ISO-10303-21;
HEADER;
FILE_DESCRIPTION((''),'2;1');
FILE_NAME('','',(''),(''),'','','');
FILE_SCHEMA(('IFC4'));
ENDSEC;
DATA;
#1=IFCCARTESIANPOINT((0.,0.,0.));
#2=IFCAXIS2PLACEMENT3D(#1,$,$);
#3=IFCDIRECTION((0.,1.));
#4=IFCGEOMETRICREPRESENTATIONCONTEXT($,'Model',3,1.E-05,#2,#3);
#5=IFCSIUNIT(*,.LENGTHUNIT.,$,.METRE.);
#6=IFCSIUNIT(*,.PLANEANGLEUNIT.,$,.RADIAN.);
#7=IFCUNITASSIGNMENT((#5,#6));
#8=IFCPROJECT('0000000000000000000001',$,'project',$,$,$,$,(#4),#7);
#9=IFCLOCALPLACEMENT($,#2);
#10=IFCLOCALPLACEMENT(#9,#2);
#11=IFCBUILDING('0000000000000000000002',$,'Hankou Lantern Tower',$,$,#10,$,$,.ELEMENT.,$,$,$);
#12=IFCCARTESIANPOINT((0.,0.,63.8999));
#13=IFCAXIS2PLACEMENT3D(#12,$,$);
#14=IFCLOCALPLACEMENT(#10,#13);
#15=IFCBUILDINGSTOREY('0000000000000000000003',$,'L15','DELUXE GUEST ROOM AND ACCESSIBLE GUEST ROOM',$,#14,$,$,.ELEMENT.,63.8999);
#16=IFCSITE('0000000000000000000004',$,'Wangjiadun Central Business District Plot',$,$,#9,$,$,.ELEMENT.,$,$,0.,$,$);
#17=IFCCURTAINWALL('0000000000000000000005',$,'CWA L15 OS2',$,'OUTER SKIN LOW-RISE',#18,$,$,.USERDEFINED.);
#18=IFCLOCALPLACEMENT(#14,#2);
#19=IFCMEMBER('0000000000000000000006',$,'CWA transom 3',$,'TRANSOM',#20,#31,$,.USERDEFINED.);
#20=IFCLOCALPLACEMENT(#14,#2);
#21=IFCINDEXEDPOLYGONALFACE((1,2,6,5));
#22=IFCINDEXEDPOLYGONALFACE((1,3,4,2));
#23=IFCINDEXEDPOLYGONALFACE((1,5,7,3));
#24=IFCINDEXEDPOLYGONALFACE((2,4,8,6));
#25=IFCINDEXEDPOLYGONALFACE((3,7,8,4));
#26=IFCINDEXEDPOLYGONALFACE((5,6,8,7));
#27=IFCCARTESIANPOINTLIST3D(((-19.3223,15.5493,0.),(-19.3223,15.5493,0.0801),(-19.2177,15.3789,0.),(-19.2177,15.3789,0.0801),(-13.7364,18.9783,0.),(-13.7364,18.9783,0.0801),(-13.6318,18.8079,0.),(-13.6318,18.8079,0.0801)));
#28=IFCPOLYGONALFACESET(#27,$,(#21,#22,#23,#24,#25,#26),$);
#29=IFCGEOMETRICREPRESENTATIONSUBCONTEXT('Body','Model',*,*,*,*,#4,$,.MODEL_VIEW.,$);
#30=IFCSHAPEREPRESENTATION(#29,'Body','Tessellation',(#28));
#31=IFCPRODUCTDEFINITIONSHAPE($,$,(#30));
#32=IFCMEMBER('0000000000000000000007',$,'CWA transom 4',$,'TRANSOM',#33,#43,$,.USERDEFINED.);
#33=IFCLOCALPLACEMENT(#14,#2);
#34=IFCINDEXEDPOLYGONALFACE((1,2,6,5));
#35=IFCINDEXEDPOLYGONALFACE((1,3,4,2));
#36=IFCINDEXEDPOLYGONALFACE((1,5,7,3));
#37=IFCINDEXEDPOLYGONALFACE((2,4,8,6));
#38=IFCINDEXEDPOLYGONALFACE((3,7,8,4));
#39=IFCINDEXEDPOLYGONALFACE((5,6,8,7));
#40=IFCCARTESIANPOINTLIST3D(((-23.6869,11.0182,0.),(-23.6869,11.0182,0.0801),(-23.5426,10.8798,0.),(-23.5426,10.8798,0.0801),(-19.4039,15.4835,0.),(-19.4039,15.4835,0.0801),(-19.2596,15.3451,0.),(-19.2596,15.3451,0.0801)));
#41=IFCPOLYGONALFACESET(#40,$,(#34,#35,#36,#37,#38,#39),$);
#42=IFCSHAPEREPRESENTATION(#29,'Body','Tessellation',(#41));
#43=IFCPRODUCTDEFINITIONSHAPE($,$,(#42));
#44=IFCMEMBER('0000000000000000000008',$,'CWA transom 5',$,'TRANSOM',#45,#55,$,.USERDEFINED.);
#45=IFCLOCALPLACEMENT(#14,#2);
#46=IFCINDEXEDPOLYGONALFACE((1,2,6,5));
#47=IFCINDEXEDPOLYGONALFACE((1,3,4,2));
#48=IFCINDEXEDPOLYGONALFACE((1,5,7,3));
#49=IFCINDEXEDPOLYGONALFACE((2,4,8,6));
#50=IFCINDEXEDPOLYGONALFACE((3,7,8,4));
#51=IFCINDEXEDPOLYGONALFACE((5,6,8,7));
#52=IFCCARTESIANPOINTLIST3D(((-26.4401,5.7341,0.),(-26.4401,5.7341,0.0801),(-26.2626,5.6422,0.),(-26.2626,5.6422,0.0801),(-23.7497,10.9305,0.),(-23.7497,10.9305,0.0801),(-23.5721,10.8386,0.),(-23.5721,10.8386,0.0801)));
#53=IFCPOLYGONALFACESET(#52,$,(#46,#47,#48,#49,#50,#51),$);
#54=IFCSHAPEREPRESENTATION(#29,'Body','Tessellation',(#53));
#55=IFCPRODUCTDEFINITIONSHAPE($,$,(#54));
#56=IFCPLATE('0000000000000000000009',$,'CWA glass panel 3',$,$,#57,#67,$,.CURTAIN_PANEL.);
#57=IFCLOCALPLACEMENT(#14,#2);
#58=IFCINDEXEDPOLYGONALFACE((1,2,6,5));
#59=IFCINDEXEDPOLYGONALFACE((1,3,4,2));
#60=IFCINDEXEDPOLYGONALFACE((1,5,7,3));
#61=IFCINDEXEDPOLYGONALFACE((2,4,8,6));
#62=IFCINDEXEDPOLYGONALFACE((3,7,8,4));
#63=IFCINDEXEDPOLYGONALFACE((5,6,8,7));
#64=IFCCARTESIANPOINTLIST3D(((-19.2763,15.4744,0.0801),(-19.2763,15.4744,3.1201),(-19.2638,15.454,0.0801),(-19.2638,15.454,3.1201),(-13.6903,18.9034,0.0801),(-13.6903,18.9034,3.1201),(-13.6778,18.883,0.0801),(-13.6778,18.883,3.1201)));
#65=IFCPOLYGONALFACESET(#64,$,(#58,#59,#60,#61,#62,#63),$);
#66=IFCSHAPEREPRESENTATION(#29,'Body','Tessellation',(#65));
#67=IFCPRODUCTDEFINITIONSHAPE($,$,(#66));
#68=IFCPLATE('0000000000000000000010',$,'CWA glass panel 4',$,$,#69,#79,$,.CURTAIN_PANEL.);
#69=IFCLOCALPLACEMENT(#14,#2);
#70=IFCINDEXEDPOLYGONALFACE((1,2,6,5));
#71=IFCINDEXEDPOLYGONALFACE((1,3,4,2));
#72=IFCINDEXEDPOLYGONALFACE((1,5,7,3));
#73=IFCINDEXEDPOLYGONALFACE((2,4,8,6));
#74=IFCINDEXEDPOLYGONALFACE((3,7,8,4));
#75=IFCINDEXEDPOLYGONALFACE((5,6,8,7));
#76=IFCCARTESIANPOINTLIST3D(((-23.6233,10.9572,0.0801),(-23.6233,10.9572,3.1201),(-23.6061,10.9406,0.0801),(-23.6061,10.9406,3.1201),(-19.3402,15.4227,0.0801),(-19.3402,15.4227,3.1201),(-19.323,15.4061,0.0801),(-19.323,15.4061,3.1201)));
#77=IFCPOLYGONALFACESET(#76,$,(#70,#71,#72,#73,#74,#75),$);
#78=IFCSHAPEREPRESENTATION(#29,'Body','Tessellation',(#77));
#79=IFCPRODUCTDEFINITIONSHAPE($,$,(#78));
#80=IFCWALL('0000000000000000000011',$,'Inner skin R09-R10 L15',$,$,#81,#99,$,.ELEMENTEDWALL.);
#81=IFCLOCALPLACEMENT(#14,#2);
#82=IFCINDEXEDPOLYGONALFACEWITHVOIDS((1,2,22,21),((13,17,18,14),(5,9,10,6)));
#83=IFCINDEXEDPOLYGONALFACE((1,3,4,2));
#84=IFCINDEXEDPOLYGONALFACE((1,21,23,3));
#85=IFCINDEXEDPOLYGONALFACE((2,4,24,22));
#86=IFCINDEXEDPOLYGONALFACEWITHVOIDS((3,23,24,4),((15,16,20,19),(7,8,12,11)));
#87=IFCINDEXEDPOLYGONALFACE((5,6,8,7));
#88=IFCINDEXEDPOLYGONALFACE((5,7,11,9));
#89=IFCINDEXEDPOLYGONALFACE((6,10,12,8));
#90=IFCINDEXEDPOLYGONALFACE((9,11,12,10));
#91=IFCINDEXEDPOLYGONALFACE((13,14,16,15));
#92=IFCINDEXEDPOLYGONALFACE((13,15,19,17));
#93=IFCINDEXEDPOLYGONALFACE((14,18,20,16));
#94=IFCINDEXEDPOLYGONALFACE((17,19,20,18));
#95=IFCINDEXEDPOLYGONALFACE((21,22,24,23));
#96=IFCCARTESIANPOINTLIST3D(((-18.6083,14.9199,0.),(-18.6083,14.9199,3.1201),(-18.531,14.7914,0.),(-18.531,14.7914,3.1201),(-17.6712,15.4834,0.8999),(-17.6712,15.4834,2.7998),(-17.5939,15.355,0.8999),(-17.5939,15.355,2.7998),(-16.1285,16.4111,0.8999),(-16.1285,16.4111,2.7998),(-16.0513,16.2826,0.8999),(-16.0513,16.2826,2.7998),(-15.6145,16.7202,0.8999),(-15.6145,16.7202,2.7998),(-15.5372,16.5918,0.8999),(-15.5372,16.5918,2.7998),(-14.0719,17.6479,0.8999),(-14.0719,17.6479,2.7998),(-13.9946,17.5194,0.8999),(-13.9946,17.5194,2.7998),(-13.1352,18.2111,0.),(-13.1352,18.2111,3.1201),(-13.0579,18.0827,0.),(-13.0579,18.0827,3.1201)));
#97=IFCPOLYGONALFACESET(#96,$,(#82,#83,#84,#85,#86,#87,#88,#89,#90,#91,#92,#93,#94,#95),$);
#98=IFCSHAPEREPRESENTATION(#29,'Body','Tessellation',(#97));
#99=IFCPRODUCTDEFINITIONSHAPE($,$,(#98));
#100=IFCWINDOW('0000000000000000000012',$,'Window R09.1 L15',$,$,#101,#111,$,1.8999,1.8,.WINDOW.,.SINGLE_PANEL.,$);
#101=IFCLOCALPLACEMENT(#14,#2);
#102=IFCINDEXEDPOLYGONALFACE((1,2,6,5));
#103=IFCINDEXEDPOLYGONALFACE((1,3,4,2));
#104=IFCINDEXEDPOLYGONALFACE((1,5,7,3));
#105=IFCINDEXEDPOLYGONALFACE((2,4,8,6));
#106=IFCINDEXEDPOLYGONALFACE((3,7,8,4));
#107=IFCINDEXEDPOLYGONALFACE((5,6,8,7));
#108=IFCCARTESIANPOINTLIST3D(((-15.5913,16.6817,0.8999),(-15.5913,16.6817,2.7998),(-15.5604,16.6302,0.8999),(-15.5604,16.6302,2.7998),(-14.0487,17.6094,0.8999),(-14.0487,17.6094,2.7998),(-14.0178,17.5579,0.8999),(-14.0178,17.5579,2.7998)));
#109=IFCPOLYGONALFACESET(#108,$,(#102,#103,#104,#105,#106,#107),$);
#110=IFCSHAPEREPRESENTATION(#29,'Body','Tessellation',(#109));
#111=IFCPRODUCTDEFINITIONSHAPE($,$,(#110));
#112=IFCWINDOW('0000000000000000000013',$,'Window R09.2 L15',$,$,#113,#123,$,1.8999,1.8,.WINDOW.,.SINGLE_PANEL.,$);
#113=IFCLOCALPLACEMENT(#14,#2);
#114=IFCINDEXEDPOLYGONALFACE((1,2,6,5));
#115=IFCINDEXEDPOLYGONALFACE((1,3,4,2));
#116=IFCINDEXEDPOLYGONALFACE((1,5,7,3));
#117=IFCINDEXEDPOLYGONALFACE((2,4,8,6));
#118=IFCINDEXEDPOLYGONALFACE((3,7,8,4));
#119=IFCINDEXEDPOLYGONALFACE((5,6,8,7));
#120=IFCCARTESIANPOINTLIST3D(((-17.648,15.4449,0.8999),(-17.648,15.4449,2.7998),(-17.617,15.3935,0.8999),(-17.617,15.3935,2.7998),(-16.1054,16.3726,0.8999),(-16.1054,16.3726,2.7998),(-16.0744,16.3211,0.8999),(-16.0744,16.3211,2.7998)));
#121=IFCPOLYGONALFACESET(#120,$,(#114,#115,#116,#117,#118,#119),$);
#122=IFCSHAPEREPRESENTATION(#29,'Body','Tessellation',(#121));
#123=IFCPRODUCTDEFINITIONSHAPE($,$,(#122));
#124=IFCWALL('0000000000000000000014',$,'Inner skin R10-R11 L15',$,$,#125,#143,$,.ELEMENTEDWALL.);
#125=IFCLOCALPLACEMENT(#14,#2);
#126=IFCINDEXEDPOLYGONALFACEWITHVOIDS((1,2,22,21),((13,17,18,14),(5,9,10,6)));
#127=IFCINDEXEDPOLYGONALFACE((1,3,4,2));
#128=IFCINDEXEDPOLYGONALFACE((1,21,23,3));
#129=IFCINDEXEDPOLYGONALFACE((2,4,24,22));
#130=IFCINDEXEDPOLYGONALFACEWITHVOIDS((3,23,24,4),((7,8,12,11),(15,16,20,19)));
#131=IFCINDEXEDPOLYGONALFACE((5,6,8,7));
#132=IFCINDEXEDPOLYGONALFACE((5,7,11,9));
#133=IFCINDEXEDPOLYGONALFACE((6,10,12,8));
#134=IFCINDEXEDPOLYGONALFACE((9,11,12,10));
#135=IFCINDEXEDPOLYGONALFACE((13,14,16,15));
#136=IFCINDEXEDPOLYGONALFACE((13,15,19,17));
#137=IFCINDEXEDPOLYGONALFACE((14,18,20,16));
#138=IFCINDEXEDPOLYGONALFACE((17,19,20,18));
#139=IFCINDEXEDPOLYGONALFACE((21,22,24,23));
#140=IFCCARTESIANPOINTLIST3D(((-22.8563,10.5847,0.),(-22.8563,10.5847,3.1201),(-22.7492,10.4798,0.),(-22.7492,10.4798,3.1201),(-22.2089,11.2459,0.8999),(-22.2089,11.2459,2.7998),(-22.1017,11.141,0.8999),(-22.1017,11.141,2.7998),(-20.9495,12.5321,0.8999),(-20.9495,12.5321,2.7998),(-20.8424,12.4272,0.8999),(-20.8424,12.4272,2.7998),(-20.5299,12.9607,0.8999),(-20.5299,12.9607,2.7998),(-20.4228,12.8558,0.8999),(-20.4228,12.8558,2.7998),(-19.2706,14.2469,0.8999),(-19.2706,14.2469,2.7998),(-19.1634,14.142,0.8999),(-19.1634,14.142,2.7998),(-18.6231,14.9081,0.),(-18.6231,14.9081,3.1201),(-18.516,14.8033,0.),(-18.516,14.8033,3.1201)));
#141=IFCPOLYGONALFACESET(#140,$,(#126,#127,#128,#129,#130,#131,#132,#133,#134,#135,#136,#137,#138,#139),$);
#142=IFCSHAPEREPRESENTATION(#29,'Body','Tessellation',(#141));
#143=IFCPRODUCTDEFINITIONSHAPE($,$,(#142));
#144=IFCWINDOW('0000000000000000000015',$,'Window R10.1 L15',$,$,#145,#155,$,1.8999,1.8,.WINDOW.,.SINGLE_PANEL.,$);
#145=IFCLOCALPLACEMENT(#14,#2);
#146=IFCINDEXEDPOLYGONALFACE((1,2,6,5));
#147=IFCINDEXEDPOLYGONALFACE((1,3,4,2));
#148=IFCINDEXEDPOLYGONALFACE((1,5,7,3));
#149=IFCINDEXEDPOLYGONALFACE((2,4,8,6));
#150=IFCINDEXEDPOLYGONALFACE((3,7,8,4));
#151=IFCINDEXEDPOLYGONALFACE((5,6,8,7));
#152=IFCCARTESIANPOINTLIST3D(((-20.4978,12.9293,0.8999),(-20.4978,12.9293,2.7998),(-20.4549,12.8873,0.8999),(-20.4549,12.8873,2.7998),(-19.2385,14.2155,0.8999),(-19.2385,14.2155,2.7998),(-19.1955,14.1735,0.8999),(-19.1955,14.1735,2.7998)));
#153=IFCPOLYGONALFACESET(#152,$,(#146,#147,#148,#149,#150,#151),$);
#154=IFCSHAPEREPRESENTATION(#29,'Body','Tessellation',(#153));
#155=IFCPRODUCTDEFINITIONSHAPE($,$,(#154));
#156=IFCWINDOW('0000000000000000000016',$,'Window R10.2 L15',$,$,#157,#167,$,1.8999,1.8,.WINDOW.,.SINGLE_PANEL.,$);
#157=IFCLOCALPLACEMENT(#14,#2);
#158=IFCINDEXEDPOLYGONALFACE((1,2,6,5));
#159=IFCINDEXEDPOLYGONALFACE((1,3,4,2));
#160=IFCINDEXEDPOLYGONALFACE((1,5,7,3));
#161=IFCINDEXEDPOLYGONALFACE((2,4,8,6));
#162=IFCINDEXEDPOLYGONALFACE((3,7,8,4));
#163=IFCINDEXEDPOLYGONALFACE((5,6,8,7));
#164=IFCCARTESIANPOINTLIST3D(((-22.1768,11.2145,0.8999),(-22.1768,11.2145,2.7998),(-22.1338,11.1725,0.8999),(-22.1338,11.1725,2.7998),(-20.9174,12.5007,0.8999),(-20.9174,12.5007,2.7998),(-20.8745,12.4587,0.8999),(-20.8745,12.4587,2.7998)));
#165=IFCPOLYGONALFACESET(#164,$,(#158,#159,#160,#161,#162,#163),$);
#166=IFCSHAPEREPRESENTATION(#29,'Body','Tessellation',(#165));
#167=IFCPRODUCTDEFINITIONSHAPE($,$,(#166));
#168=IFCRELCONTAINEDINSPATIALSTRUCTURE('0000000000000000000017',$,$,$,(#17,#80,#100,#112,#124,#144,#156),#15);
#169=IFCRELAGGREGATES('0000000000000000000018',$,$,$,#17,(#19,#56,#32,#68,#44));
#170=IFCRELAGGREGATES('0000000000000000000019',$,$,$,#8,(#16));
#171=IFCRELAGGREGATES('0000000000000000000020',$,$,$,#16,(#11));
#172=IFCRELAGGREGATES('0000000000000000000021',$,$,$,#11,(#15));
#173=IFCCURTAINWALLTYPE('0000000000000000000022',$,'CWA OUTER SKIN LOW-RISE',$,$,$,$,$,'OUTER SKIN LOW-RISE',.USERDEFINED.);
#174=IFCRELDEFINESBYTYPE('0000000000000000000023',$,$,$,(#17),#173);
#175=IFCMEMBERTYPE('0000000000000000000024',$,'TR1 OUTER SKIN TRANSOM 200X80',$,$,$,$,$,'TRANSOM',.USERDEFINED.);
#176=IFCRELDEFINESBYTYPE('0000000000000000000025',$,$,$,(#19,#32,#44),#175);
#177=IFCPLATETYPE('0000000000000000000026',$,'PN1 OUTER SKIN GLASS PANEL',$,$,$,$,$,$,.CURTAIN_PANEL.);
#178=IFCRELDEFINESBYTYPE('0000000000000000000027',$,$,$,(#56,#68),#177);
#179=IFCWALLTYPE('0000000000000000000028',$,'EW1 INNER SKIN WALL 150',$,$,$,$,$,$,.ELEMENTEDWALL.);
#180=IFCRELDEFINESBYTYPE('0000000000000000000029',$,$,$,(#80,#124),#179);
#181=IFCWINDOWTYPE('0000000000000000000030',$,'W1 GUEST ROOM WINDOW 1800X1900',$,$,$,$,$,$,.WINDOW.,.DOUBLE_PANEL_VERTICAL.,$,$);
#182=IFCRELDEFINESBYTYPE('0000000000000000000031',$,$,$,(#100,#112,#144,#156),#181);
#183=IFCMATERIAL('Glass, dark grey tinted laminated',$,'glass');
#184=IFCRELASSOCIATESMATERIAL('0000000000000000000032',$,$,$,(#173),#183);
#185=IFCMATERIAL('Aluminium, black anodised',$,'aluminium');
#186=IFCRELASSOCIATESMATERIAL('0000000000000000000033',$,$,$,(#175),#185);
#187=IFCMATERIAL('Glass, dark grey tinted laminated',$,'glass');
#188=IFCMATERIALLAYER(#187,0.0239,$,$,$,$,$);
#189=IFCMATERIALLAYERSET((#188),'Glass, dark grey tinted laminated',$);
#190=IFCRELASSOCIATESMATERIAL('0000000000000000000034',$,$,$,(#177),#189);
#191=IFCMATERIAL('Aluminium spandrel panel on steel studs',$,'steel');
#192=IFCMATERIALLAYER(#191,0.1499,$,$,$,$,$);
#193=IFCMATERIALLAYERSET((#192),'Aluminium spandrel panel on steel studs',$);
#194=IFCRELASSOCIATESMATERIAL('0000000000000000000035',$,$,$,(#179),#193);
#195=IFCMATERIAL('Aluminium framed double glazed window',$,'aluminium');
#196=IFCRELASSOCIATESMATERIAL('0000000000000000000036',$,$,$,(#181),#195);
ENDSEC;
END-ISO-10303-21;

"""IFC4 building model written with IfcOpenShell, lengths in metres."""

from ifc_helpers import new_model, si_unit, direction, frame, frame_2d, origin, origin_2d, place, context, subcontext, project, spatial, rectangle, extrude, material, layer, layer_set, material_profile, profile_set, type_object, element, fill, aggregate, save


model = new_model("IFC4")

# Units and contexts
model_context = context("Model", 3, precision=1e-05, world=origin(), true_north=direction((0.0, 1.0)))
body_context = subcontext(model_context, "Body", "Model", "MODEL_VIEW")
ifc_project = project(units=[si_unit("LENGTHUNIT", "METRE"), si_unit("PLANEANGLEUNIT", "RADIAN")], contexts=[model_context])

# Site, building, storey
site_placement = place(None, origin())
site = spatial("IfcSite", under=ifc_project, at=site_placement, Name="Wangjiadun Central Business District Plot", CompositionType="ELEMENT", RefElevation=0.0)
building_placement = place(site_placement, origin())
building = spatial("IfcBuilding", under=site, at=building_placement, Name="Hankou Lantern Tower", CompositionType="ELEMENT")
storey_placement = place(building_placement, frame((0.0, 0.0, 63.8999)))
storey = spatial("IfcBuildingStorey", under=building, at=storey_placement, Name="L15", Description="DELUXE GUEST ROOM AND ACCESSIBLE GUEST ROOM", CompositionType="ELEMENT", Elevation=63.8999)

# Curtain wall
ifc_material_1 = material(Name="Glass, dark grey tinted laminated", Category="glass")
curtain_wall_type = type_object("IfcCurtainWallType", Name="CWA OUTER SKIN LOW-RISE", ElementType="OUTER SKIN LOW-RISE", PredefinedType="USERDEFINED", material=ifc_material_1)
curtain_wall_placement = place(storey_placement, origin())
curtain_wall = element("IfcCurtainWall", 1, at=curtain_wall_placement, inside=storey, type_object=curtain_wall_type, Name="CWA L15 OS2", ObjectType="OUTER SKIN LOW-RISE", PredefinedType="USERDEFINED")

# Members
ifc_material_2 = material(Name="Aluminium, black anodised", Category="aluminium")
ifc_material_profile_1 = material_profile(ifc_material_2, rectangle(XDim=0.2, YDim=0.0801, at=origin_2d()), Name="TR1 200X80")
ifc_profile_set_1 = profile_set([ifc_material_profile_1], Name="Aluminium, black anodised")
member_type_1 = type_object("IfcMemberType", Name="TR1 OUTER SKIN TRANSOM 200X80", ElementType="TRANSOM", PredefinedType="USERDEFINED", material=ifc_profile_set_1)
member_1_placement = place(storey_placement, frame((-13.6841, 18.8931, 0.04), z_axis=(-0.85224, -0.523152, 0.0), x_axis=(0.523152, -0.85224, 0.0)))
member_1 = element("IfcMember", 2, at=member_1_placement, type_object=member_type_1, Name="CWA transom 3", ObjectType="TRANSOM", PredefinedType="USERDEFINED", context=body_context, shape_type="SweptSolid", body=[
    extrude(rectangle(XDim=0.2, YDim=0.0801, at=origin_2d()), origin(), (0.0, 0.0, 1.0), 6.5544),
])
member_2_placement = place(storey_placement, frame((-19.3318, 15.4143, 0.04), z_axis=(-0.692216, -0.721691, 0.0), x_axis=(0.721691, -0.692216, 0.0)))
member_2 = element("IfcMember", 3, at=member_2_placement, type_object=member_type_1, Name="CWA transom 4", ObjectType="TRANSOM", PredefinedType="USERDEFINED", context=body_context, shape_type="SweptSolid", body=[
    extrude(rectangle(XDim=0.2, YDim=0.0801, at=origin_2d()), origin(), (0.0, 0.0, 1.0), 6.1873),
])
member_3_placement = place(storey_placement, frame((-23.6609, 10.8845, 0.04), z_axis=(-0.459786, -0.88803, 0.0), x_axis=(0.88803, -0.459786, 0.0)))
member_3 = element("IfcMember", 4, at=member_3_placement, type_object=member_type_1, Name="CWA transom 5", ObjectType="TRANSOM", PredefinedType="USERDEFINED", context=body_context, shape_type="SweptSolid", body=[
    extrude(rectangle(XDim=0.2, YDim=0.0801, at=origin_2d()), origin(), (0.0, 0.0, 1.0), 5.8516),
])

# Plates
ifc_material_3 = material(Name="Glass, dark grey tinted laminated", Category="glass")
ifc_layer_1 = layer(ifc_material_3, 0.0239)
ifc_layer_set_1 = layer_set([ifc_layer_1], Name="Glass, dark grey tinted laminated")
plate_type = type_object("IfcPlateType", Name="PN1 OUTER SKIN GLASS PANEL", PredefinedType="CURTAIN_PANEL", material=ifc_layer_set_1)
plate_1_placement = place(storey_placement, frame((-16.4771, 17.1787, 0.0801), z_axis=(0.0, 0.0, 1.0), x_axis=(-0.852237, -0.523156, 0.0)))
plate_1 = element("IfcPlate", 5, at=plate_1_placement, type_object=plate_type, Name="CWA glass panel 3", PredefinedType="CURTAIN_PANEL", context=body_context, shape_type="SweptSolid", body=[
    extrude(rectangle(XDim=6.5544, YDim=0.0239, at=origin_2d()), origin(), (0.0, 0.0, 1.0), 3.04),
])
plate_2_placement = place(storey_placement, frame((-21.4731, 13.1816, 0.0801), z_axis=(0.0, 0.0, 1.0), x_axis=(-0.692216, -0.721691, 0.0)))
plate_2 = element("IfcPlate", 6, at=plate_2_placement, type_object=plate_type, Name="CWA glass panel 4", PredefinedType="CURTAIN_PANEL", context=body_context, shape_type="SweptSolid", body=[
    extrude(rectangle(XDim=6.1875, YDim=0.0239, at=origin_2d()), origin(), (0.0, 0.0, 1.0), 3.04),
])
aggregate(curtain_wall, [member_1, plate_1, member_2, plate_2, member_3])

# Walls, openings, windows
ifc_material_4 = material(Name="Aluminium spandrel panel on steel studs", Category="steel")
ifc_layer_2 = layer(ifc_material_4, 0.1499)
ifc_layer_set_2 = layer_set([ifc_layer_2], Name="Aluminium spandrel panel on steel studs")
wall_type_1 = type_object("IfcWallType", Name="EW1 INNER SKIN WALL 150", PredefinedType="ELEMENTEDWALL", material=ifc_layer_set_2)
wall_1_placement = place(storey_placement, frame((-13.0964, 18.147, 0.0), z_axis=(0.0, 0.0, 1.0), x_axis=(-0.856983, -0.515344, 0.0)))
wall_1 = element("IfcWall", 7, at=wall_1_placement, inside=storey, type_object=wall_type_1, Name="Inner skin R09-R10 L15", PredefinedType="ELEMENTEDWALL", context=body_context, shape_type="SweptSolid", body=[
    extrude(rectangle(XDim=6.3865, YDim=0.1499, at=frame_2d((3.1934, 0.0))), origin(), (0.0, 0.0, 1.0), 3.1201),
])
opening_1_placement = place(wall_1_placement, frame((1.0933, 0.0, 0.8999)))
opening_1 = element("IfcOpeningElement", 8, at=opening_1_placement, cuts=wall_1, PredefinedType="OPENING", context=body_context, shape_type="SweptSolid", body=[
    extrude(rectangle(XDim=1.8, YDim=1.8999, at=frame_2d((0.8999, 0.95))), frame((0.0, 0.085, 0.0), z_axis=(0.0, -1.0, 0.0), x_axis=(1.0, 0.0, 0.0)), (0.0, 0.0, 1.0), 0.1699),
])
opening_2_placement = place(wall_1_placement, frame((3.4932, 0.0, 0.8999)))
opening_2 = element("IfcOpeningElement", 9, at=opening_2_placement, cuts=wall_1, PredefinedType="OPENING", context=body_context, shape_type="SweptSolid", body=[
    extrude(rectangle(XDim=1.8, YDim=1.8999, at=frame_2d((0.8999, 0.95))), frame((0.0, 0.085, 0.0), z_axis=(0.0, -1.0, 0.0), x_axis=(1.0, 0.0, 0.0)), (0.0, 0.0, 1.0), 0.1699),
])
ifc_material_5 = material(Name="Aluminium framed double glazed window", Category="aluminium")
window_type = type_object("IfcWindowType", Name="W1 GUEST ROOM WINDOW 1800X1900", PartitioningType="DOUBLE_PANEL_VERTICAL", PredefinedType="WINDOW", material=ifc_material_5)
window_1_placement = place(opening_1_placement, origin())
window_1 = element("IfcWindow", 10, at=window_1_placement, inside=storey, type_object=window_type, Name="Window R09.1 L15", OverallHeight=1.8999, OverallWidth=1.8, PartitioningType="SINGLE_PANEL", PredefinedType="WINDOW", context=body_context, shape_type="SweptSolid", body=[
    extrude(rectangle(XDim=1.8, YDim=1.8999, at=frame_2d((0.8999, 0.95))), frame((0.0, 0.03, 0.0), z_axis=(0.0, -1.0, 0.0), x_axis=(1.0, 0.0, 0.0)), (0.0, 0.0, 1.0), 0.0601),
])
fill(opening_1, window_1)
window_2_placement = place(opening_2_placement, origin())
window_2 = element("IfcWindow", 11, at=window_2_placement, inside=storey, type_object=window_type, Name="Window R09.2 L15", OverallHeight=1.8999, OverallWidth=1.8, PartitioningType="SINGLE_PANEL", PredefinedType="WINDOW", context=body_context, shape_type="SweptSolid", body=[
    extrude(rectangle(XDim=1.8, YDim=1.8999, at=frame_2d((0.8999, 0.95))), frame((0.0, 0.03, 0.0), z_axis=(0.0, -1.0, 0.0), x_axis=(1.0, 0.0, 0.0)), (0.0, 0.0, 1.0), 0.0601),
])
fill(opening_2, window_2)
wall_2_placement = place(storey_placement, frame((-18.5696, 14.8557, 0.0), z_axis=(0.0, 0.0, 1.0), x_axis=(-0.699603, -0.714532, 0.0)))
wall_2 = element("IfcWall", 12, at=wall_2_placement, inside=storey, type_object=wall_type_1, Name="Inner skin R10-R11 L15", PredefinedType="ELEMENTEDWALL", context=body_context, shape_type="SweptSolid", body=[
    extrude(rectangle(XDim=6.0508, YDim=0.1499, at=frame_2d((3.0254, 0.0))), origin(), (0.0, 0.0, 1.0), 3.1201),
])
opening_3_placement = place(wall_2_placement, frame((0.9255, 0.0, 0.8999)))
opening_3 = element("IfcOpeningElement", 13, at=opening_3_placement, cuts=wall_2, PredefinedType="OPENING", context=body_context, shape_type="SweptSolid", body=[
    extrude(rectangle(XDim=1.8, YDim=1.8999, at=frame_2d((0.8999, 0.95))), frame((0.0, 0.085, 0.0), z_axis=(0.0, -1.0, 0.0), x_axis=(1.0, 0.0, 0.0)), (0.0, 0.0, 1.0), 0.1699),
])
opening_4_placement = place(wall_2_placement, frame((3.3254, 0.0, 0.8999)))
opening_4 = element("IfcOpeningElement", 14, at=opening_4_placement, cuts=wall_2, PredefinedType="OPENING", context=body_context, shape_type="SweptSolid", body=[
    extrude(rectangle(XDim=1.8, YDim=1.8999, at=frame_2d((0.8999, 0.95))), frame((0.0, 0.085, 0.0), z_axis=(0.0, -1.0, 0.0), x_axis=(1.0, 0.0, 0.0)), (0.0, 0.0, 1.0), 0.1699),
])
window_3_placement = place(opening_3_placement, origin())
window_3 = element("IfcWindow", 15, at=window_3_placement, inside=storey, type_object=window_type, Name="Window R10.1 L15", OverallHeight=1.8999, OverallWidth=1.8, PartitioningType="SINGLE_PANEL", PredefinedType="WINDOW", context=body_context, shape_type="SweptSolid", body=[
    extrude(rectangle(XDim=1.8, YDim=1.8999, at=frame_2d((0.8999, 0.95))), frame((0.0, 0.03, 0.0), z_axis=(0.0, -1.0, 0.0), x_axis=(1.0, 0.0, 0.0)), (0.0, 0.0, 1.0), 0.0601),
])
fill(opening_3, window_3)
window_4_placement = place(opening_4_placement, origin())
window_4 = element("IfcWindow", 16, at=window_4_placement, inside=storey, type_object=window_type, Name="Window R10.2 L15", OverallHeight=1.8999, OverallWidth=1.8, PartitioningType="SINGLE_PANEL", PredefinedType="WINDOW", context=body_context, shape_type="SweptSolid", body=[
    extrude(rectangle(XDim=1.8, YDim=1.8999, at=frame_2d((0.8999, 0.95))), frame((0.0, 0.03, 0.0), z_axis=(0.0, -1.0, 0.0), x_axis=(1.0, 0.0, 0.0)), (0.0, 0.0, 1.0), 0.0601),
])
fill(opening_4, window_4)

save(model, "model.ifc")
